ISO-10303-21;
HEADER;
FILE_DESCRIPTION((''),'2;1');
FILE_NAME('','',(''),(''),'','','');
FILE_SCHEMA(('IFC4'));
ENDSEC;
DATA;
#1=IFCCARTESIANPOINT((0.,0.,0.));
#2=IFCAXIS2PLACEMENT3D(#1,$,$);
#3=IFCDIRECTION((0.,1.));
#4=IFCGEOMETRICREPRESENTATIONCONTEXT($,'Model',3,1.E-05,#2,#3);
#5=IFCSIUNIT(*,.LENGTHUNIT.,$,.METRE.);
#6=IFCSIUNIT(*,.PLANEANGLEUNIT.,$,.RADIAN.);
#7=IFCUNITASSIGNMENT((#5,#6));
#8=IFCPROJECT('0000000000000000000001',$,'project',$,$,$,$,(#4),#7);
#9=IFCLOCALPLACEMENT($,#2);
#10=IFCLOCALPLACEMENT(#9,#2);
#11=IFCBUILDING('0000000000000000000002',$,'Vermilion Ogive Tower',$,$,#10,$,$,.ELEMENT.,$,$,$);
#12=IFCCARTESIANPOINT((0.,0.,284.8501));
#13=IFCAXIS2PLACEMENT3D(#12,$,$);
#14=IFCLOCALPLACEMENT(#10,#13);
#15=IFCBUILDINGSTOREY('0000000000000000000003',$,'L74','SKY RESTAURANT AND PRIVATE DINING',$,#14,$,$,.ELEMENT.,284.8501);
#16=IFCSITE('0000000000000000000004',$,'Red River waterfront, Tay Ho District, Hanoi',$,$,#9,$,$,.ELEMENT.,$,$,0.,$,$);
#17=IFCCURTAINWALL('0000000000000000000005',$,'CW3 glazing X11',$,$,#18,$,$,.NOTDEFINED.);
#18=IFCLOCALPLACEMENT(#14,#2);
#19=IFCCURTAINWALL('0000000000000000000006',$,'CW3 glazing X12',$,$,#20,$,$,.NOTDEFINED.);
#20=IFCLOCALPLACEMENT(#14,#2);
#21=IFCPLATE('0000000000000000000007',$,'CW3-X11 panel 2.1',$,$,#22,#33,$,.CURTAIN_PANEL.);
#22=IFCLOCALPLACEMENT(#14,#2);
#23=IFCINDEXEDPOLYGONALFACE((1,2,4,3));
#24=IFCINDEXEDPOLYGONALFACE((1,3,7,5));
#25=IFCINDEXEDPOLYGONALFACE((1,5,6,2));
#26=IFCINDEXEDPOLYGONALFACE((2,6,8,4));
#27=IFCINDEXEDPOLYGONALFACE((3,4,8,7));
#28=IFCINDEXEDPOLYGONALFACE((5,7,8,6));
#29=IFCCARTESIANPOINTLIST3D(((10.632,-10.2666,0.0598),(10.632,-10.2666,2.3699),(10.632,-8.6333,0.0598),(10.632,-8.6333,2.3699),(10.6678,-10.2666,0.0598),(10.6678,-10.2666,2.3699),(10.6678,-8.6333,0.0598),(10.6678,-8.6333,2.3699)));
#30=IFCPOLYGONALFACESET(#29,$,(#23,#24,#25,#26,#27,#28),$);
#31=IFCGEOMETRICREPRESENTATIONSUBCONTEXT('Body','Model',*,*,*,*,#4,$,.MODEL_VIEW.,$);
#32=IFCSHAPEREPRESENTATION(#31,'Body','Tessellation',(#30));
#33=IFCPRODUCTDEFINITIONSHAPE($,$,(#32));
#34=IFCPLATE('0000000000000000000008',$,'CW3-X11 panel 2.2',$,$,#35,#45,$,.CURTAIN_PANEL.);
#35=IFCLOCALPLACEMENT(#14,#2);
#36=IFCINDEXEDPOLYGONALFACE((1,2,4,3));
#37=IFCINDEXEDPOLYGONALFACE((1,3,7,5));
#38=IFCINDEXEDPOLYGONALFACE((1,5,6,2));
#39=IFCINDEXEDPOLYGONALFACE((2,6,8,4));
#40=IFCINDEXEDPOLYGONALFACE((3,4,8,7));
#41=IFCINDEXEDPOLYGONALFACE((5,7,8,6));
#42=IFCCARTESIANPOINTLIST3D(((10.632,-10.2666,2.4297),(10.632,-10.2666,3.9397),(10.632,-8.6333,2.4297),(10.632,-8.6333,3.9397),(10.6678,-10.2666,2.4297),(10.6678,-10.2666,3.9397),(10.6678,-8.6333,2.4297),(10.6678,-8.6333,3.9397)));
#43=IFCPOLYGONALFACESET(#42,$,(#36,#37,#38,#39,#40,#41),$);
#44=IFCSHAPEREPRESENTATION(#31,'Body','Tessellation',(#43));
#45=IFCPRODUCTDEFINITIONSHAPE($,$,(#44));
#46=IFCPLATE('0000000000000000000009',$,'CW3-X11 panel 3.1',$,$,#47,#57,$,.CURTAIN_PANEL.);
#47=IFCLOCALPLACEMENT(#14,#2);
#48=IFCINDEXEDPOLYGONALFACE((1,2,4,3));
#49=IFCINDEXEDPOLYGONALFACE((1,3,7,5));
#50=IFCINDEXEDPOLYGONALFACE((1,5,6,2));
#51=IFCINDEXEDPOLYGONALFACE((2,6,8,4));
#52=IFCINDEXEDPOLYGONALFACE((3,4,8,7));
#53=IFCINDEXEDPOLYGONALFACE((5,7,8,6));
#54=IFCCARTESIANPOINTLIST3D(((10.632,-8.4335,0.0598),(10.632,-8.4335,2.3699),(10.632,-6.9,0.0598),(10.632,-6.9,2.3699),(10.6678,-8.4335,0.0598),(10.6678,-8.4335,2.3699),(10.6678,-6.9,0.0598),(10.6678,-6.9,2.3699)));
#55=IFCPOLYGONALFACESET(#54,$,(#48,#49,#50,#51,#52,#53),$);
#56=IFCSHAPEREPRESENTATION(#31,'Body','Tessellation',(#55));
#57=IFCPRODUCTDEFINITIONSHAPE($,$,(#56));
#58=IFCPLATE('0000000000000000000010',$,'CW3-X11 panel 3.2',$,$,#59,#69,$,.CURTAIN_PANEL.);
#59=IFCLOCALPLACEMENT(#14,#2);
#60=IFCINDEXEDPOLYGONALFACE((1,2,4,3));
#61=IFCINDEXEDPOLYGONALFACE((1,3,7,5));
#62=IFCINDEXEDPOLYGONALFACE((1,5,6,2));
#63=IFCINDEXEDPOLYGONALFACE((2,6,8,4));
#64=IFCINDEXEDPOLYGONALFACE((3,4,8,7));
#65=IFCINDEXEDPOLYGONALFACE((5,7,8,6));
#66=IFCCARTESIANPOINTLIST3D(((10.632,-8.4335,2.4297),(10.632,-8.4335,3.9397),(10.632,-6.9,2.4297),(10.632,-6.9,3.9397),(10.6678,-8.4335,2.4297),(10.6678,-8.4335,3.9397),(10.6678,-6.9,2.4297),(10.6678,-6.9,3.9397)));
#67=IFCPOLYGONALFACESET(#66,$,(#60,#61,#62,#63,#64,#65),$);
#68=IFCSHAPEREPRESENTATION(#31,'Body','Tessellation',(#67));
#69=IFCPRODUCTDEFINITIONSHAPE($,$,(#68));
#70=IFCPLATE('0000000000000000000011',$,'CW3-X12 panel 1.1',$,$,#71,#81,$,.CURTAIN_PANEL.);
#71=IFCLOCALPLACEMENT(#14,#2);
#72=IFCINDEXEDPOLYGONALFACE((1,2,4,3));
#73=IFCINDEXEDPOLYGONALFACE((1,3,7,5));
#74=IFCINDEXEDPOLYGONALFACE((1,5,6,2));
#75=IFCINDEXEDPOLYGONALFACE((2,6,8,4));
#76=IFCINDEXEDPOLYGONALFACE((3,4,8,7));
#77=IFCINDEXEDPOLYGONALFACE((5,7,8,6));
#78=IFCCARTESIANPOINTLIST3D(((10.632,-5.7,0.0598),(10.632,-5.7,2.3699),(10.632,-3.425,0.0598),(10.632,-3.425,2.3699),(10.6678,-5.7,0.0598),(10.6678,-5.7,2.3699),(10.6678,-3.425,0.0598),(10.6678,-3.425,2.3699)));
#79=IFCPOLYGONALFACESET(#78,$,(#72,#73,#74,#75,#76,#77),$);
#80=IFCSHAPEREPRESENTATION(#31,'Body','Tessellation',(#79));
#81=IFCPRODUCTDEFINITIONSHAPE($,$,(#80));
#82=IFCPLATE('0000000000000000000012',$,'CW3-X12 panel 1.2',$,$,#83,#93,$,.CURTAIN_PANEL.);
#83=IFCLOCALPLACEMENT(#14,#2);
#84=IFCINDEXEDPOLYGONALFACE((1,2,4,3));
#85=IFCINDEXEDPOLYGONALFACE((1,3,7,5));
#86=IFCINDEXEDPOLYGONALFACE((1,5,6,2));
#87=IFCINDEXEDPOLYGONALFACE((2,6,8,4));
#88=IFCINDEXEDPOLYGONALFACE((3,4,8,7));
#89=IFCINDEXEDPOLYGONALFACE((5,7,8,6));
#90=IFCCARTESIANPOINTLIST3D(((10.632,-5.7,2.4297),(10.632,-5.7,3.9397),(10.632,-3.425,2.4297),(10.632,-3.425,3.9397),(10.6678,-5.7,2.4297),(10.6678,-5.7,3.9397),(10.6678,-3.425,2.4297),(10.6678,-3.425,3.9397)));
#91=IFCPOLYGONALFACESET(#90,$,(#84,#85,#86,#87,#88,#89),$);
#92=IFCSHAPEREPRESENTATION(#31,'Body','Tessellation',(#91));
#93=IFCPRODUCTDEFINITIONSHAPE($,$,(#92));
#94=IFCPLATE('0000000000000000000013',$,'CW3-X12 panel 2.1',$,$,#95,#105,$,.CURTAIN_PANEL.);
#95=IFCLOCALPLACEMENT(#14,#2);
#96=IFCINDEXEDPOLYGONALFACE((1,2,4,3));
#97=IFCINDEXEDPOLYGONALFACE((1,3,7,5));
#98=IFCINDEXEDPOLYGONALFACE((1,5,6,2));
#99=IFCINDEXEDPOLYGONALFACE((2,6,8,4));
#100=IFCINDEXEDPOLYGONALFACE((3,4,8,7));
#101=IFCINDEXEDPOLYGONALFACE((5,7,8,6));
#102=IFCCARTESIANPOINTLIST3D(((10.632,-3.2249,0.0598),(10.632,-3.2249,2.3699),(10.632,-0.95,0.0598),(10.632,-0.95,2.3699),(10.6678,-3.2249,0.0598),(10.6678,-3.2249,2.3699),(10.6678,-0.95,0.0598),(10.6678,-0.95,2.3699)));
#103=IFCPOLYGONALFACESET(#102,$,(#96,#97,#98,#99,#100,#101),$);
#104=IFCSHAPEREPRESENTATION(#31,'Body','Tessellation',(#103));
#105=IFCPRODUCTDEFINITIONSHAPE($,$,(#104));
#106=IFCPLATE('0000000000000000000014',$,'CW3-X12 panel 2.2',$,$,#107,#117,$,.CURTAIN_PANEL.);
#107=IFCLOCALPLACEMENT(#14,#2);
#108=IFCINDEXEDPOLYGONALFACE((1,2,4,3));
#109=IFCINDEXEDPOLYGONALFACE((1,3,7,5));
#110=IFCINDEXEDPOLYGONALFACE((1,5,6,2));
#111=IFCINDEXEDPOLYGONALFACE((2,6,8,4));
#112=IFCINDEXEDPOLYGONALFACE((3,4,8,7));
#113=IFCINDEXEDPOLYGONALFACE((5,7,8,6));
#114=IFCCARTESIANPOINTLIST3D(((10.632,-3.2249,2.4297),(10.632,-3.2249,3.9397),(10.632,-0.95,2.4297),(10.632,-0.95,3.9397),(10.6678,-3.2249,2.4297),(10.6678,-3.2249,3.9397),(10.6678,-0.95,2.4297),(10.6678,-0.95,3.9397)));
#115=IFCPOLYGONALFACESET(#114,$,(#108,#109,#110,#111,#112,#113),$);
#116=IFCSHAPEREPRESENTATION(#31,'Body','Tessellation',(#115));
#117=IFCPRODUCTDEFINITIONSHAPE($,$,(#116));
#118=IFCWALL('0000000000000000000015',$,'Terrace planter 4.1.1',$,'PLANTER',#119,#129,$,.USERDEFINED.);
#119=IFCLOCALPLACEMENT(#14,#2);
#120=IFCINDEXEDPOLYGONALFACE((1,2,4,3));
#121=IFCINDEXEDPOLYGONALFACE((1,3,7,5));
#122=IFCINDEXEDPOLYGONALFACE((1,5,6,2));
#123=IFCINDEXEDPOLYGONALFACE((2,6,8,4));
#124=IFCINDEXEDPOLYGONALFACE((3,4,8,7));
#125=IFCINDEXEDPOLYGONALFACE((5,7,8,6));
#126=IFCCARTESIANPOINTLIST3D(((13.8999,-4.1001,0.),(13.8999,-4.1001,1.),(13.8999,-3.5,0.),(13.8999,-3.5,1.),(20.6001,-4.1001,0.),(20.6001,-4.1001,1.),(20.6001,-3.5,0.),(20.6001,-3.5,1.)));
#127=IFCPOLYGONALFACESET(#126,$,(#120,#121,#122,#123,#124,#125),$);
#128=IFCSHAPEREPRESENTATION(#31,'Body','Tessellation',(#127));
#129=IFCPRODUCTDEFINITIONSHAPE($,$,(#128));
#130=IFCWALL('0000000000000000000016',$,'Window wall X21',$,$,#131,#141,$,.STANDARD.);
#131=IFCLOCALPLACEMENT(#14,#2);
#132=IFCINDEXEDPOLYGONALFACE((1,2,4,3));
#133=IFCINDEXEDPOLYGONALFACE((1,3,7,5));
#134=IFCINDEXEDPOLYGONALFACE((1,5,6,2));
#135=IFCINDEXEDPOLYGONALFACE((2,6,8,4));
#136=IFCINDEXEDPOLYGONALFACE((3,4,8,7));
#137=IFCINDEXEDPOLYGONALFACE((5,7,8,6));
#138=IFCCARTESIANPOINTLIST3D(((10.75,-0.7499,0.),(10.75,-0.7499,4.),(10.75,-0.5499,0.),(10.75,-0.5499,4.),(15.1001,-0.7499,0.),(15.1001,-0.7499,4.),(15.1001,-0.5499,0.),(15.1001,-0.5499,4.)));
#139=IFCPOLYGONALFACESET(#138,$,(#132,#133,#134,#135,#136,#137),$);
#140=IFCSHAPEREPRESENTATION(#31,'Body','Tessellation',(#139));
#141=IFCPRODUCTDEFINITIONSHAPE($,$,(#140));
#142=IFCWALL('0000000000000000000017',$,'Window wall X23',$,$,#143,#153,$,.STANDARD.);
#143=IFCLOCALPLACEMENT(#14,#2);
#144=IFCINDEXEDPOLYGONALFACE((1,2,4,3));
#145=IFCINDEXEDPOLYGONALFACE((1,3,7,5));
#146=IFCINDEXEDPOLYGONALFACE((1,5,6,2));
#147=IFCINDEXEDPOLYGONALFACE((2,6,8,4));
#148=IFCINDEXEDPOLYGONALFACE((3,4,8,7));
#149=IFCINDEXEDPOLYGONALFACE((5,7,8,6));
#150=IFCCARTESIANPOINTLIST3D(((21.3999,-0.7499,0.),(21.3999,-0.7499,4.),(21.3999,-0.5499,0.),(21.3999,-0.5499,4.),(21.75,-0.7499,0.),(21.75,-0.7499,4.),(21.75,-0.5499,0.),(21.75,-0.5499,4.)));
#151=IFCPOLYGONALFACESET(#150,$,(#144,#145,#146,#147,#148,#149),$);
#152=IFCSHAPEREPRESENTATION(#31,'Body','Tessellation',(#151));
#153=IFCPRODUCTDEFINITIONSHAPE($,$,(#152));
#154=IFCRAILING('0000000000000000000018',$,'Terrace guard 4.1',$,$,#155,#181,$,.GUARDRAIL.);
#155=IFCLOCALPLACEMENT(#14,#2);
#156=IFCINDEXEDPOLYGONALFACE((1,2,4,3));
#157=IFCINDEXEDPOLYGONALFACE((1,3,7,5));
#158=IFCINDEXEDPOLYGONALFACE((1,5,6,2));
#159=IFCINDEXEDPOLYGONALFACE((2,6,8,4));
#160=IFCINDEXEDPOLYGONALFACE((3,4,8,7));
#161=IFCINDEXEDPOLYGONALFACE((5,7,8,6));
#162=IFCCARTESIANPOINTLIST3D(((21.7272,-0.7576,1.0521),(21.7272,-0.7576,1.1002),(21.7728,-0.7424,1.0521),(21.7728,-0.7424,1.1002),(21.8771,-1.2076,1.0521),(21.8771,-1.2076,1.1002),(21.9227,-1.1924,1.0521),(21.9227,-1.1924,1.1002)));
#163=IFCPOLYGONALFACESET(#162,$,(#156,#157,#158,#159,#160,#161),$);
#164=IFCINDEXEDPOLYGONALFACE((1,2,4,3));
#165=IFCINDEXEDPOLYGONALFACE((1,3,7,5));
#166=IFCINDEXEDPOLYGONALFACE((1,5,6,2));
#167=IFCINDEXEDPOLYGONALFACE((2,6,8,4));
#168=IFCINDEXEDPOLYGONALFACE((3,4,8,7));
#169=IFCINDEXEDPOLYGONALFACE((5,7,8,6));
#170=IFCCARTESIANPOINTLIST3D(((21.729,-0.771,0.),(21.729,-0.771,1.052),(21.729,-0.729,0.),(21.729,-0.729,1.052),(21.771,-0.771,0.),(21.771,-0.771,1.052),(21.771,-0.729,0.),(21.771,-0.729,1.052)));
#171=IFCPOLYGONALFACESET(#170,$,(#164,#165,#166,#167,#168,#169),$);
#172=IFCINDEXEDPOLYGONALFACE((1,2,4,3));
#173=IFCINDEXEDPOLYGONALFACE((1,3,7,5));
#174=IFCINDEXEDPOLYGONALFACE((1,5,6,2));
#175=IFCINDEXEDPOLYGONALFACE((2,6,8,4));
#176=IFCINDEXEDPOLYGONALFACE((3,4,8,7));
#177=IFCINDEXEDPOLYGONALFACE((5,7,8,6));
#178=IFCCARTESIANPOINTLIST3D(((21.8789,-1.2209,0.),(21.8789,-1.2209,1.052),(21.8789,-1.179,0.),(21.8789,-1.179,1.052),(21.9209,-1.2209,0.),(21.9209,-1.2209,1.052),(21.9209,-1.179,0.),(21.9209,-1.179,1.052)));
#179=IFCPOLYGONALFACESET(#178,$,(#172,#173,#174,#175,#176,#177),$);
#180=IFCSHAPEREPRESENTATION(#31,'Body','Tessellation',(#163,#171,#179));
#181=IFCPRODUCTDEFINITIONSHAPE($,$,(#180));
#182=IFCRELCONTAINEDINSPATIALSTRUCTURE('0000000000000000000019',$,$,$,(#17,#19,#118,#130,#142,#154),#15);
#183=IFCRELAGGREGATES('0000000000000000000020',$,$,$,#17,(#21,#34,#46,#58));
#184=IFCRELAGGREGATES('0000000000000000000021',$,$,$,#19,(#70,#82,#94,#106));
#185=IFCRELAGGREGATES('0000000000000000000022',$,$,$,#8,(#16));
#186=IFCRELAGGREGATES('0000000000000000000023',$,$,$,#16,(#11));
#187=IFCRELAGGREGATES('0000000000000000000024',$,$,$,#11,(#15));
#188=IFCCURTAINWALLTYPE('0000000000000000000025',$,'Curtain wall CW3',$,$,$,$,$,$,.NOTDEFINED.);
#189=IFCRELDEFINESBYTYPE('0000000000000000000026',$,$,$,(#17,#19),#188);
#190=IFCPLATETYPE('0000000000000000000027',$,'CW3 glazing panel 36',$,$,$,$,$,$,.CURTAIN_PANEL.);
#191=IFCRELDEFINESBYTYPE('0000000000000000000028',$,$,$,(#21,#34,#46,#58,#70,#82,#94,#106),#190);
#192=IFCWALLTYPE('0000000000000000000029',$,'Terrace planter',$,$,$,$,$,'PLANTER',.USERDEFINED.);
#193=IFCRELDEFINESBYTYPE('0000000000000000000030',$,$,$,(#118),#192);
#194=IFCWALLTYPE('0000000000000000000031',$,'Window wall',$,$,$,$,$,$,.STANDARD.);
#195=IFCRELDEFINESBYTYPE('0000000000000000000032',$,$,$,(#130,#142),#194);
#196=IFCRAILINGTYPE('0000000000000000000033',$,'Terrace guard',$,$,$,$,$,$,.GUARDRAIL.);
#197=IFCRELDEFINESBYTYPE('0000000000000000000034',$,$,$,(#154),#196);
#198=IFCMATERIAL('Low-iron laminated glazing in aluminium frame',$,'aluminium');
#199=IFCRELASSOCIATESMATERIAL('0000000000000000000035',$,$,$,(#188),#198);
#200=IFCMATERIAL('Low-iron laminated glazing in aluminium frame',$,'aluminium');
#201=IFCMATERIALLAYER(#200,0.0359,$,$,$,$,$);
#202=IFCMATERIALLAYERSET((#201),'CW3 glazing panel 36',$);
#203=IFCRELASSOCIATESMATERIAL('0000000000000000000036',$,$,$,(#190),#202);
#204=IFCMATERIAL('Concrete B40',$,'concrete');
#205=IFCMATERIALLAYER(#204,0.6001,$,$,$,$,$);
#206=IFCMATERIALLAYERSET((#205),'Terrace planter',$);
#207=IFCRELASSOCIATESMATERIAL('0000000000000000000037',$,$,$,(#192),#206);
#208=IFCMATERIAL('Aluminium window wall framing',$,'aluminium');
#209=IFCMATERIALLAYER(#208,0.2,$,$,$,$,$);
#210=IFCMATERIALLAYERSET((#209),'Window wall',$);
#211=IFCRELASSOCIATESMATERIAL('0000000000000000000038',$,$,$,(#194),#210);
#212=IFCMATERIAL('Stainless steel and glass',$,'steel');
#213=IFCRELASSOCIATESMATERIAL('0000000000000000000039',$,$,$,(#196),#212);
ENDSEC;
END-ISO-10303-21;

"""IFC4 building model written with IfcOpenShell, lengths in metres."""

from ifc_helpers import new_model, si_unit, direction, frame, frame_2d, origin, origin_2d, place, context, subcontext, project, spatial, rectangle, extrude, material, layer, layer_set, type_object, element, aggregate, save


model = new_model("IFC4")

# Units and contexts
model_context = context("Model", 3, precision=1e-05, world=origin(), true_north=direction((0.0, 1.0)))
body_context = subcontext(model_context, "Body", "Model", "MODEL_VIEW")
ifc_project = project(units=[si_unit("LENGTHUNIT", "METRE"), si_unit("PLANEANGLEUNIT", "RADIAN")], contexts=[model_context])

# Site, building, storey
site_placement = place(None, origin())
site = spatial("IfcSite", under=ifc_project, at=site_placement, Name="Red River waterfront, Tay Ho District, Hanoi", CompositionType="ELEMENT", RefElevation=0.0)
building_placement = place(site_placement, origin())
building = spatial("IfcBuilding", under=site, at=building_placement, Name="Vermilion Ogive Tower", CompositionType="ELEMENT")
storey_placement = place(building_placement, frame((0.0, 0.0, 284.8501)))
storey = spatial("IfcBuildingStorey", under=building, at=storey_placement, Name="L74", Description="SKY RESTAURANT AND PRIVATE DINING", CompositionType="ELEMENT", Elevation=284.8501)

# Curtain walls
ifc_material_1 = material(Name="Low-iron laminated glazing in aluminium frame", Category="aluminium")
curtain_wall_type = type_object("IfcCurtainWallType", Name="Curtain wall CW3", PredefinedType="NOTDEFINED", material=ifc_material_1)
curtain_wall_1_placement = place(storey_placement, origin())
curtain_wall_1 = element("IfcCurtainWall", 1, at=curtain_wall_1_placement, inside=storey, type_object=curtain_wall_type, Name="CW3 glazing X11", PredefinedType="NOTDEFINED")
curtain_wall_2_placement = place(storey_placement, origin())
curtain_wall_2 = element("IfcCurtainWall", 2, at=curtain_wall_2_placement, inside=storey, type_object=curtain_wall_type, Name="CW3 glazing X12", PredefinedType="NOTDEFINED")

# Plates
ifc_material_2 = material(Name="Low-iron laminated glazing in aluminium frame", Category="aluminium")
ifc_layer_1 = layer(ifc_material_2, 0.0359)
ifc_layer_set_1 = layer_set([ifc_layer_1], Name="CW3 glazing panel 36")
plate_type = type_object("IfcPlateType", Name="CW3 glazing panel 36", PredefinedType="CURTAIN_PANEL", material=ifc_layer_set_1)
plate_1_placement = place(storey_placement, frame((10.6499, -9.45, 0.0598), z_axis=(0.0, 0.0, 1.0), x_axis=(0.0, 1.0, 0.0)))
plate_1 = element("IfcPlate", 3, at=plate_1_placement, type_object=plate_type, Name="CW3-X11 panel 2.1", PredefinedType="CURTAIN_PANEL", context=body_context, shape_type="SweptSolid", body=[
    extrude(rectangle(XDim=1.6333, YDim=0.0359, at=origin_2d()), origin(), (0.0, 0.0, 1.0), 2.3101),
])
plate_2_placement = place(storey_placement, frame((10.6499, -9.45, 2.4297), z_axis=(0.0, 0.0, 1.0), x_axis=(0.0, 1.0, 0.0)))
plate_2 = element("IfcPlate", 4, at=plate_2_placement, type_object=plate_type, Name="CW3-X11 panel 2.2", PredefinedType="CURTAIN_PANEL", context=body_context, shape_type="SweptSolid", body=[
    extrude(rectangle(XDim=1.6333, YDim=0.0359, at=origin_2d()), origin(), (0.0, 0.0, 1.0), 1.51),
])
plate_3_placement = place(storey_placement, frame((10.6499, -7.6667, 0.0598), z_axis=(0.0, 0.0, 1.0), x_axis=(0.0, 1.0, 0.0)))
plate_3 = element("IfcPlate", 5, at=plate_3_placement, type_object=plate_type, Name="CW3-X11 panel 3.1", PredefinedType="CURTAIN_PANEL", context=body_context, shape_type="SweptSolid", body=[
    extrude(rectangle(XDim=1.5334, YDim=0.0359, at=origin_2d()), origin(), (0.0, 0.0, 1.0), 2.3101),
])
plate_4_placement = place(storey_placement, frame((10.6499, -7.6667, 2.4297), z_axis=(0.0, 0.0, 1.0), x_axis=(0.0, 1.0, 0.0)))
plate_4 = element("IfcPlate", 6, at=plate_4_placement, type_object=plate_type, Name="CW3-X11 panel 3.2", PredefinedType="CURTAIN_PANEL", context=body_context, shape_type="SweptSolid", body=[
    extrude(rectangle(XDim=1.5334, YDim=0.0359, at=origin_2d()), origin(), (0.0, 0.0, 1.0), 1.51),
])
aggregate(curtain_wall_1, [plate_1, plate_2, plate_3, plate_4])
plate_5_placement = place(storey_placement, frame((10.6499, -4.5625, 0.0598), z_axis=(0.0, 0.0, 1.0), x_axis=(0.0, 1.0, 0.0)))
plate_5 = element("IfcPlate", 7, at=plate_5_placement, type_object=plate_type, Name="CW3-X12 panel 1.1", PredefinedType="CURTAIN_PANEL", context=body_context, shape_type="SweptSolid", body=[
    extrude(rectangle(XDim=2.2749, YDim=0.0359, at=origin_2d()), origin(), (0.0, 0.0, 1.0), 2.3101),
])
plate_6_placement = place(storey_placement, frame((10.6499, -4.5625, 2.4297), z_axis=(0.0, 0.0, 1.0), x_axis=(0.0, 1.0, 0.0)))
plate_6 = element("IfcPlate", 8, at=plate_6_placement, type_object=plate_type, Name="CW3-X12 panel 1.2", PredefinedType="CURTAIN_PANEL", context=body_context, shape_type="SweptSolid", body=[
    extrude(rectangle(XDim=2.2749, YDim=0.0359, at=origin_2d()), origin(), (0.0, 0.0, 1.0), 1.51),
])
plate_7_placement = place(storey_placement, frame((10.6499, -2.0874, 0.0598), z_axis=(0.0, 0.0, 1.0), x_axis=(0.0, 1.0, 0.0)))
plate_7 = element("IfcPlate", 9, at=plate_7_placement, type_object=plate_type, Name="CW3-X12 panel 2.1", PredefinedType="CURTAIN_PANEL", context=body_context, shape_type="SweptSolid", body=[
    extrude(rectangle(XDim=2.2749, YDim=0.0359, at=origin_2d()), origin(), (0.0, 0.0, 1.0), 2.3101),
])
plate_8_placement = place(storey_placement, frame((10.6499, -2.0874, 2.4297), z_axis=(0.0, 0.0, 1.0), x_axis=(0.0, 1.0, 0.0)))
plate_8 = element("IfcPlate", 10, at=plate_8_placement, type_object=plate_type, Name="CW3-X12 panel 2.2", PredefinedType="CURTAIN_PANEL", context=body_context, shape_type="SweptSolid", body=[
    extrude(rectangle(XDim=2.2749, YDim=0.0359, at=origin_2d()), origin(), (0.0, 0.0, 1.0), 1.51),
])
aggregate(curtain_wall_2, [plate_5, plate_6, plate_7, plate_8])

# Walls
ifc_material_3 = material(Name="Concrete B40", Category="concrete")
ifc_layer_2 = layer(ifc_material_3, 0.6001)
ifc_layer_set_2 = layer_set([ifc_layer_2], Name="Terrace planter")
wall_type_1 = type_object("IfcWallType", Name="Terrace planter", ElementType="PLANTER", PredefinedType="USERDEFINED", material=ifc_layer_set_2)
wall_1_placement = place(storey_placement, frame((20.6001, -3.8, 0.0), z_axis=(0.0, 0.0, 1.0), x_axis=(-1.0, 0.0, 0.0)))
element("IfcWall", 11, at=wall_1_placement, inside=storey, type_object=wall_type_1, Name="Terrace planter 4.1.1", ObjectType="PLANTER", PredefinedType="USERDEFINED", context=body_context, shape_type="SweptSolid", body=[
    extrude(rectangle(XDim=6.7002, YDim=0.6001, at=frame_2d((3.3501, 0.0))), origin(), (0.0, 0.0, 1.0), 1.0),
])
ifc_material_4 = material(Name="Aluminium window wall framing", Category="aluminium")
ifc_layer_3 = layer(ifc_material_4, 0.2)
ifc_layer_set_3 = layer_set([ifc_layer_3], Name="Window wall")
wall_type_2 = type_object("IfcWallType", Name="Window wall", PredefinedType="STANDARD", material=ifc_layer_set_3)
wall_2_placement = place(storey_placement, frame((10.75, -0.6499, 0.0), z_axis=(0.0, 0.0, 1.0), x_axis=(1.0, 0.0, 0.0)))
element("IfcWall", 12, at=wall_2_placement, inside=storey, type_object=wall_type_2, Name="Window wall X21", PredefinedType="STANDARD", context=body_context, shape_type="SweptSolid", body=[
    extrude(rectangle(XDim=4.3501, YDim=0.2, at=frame_2d((2.175, 0.0))), origin(), (0.0, 0.0, 1.0), 4.0),
])

# Wall
wall_3_placement = place(storey_placement, frame((21.3999, -0.6499, 0.0), z_axis=(0.0, 0.0, 1.0), x_axis=(1.0, 0.0, 0.0)))
element("IfcWall", 13, at=wall_3_placement, inside=storey, type_object=wall_type_2, Name="Window wall X23", PredefinedType="STANDARD", context=body_context, shape_type="SweptSolid", body=[
    extrude(rectangle(XDim=0.3501, YDim=0.2, at=frame_2d((0.175, 0.0))), origin(), (0.0, 0.0, 1.0), 4.0),
])

# Railing
ifc_material_5 = material(Name="Stainless steel and glass", Category="steel")
railing_type = type_object("IfcRailingType", Name="Terrace guard", PredefinedType="GUARDRAIL", material=ifc_material_5)
railing_1_placement = place(storey_placement, frame((21.75, -0.75, 0.0)))
element("IfcRailing", 14, at=railing_1_placement, inside=storey, type_object=railing_type, Name="Terrace guard 4.1", PredefinedType="GUARDRAIL", context=body_context, shape_type="SweptSolid", body=[
    extrude(rectangle(XDim=0.0481, YDim=0.0481, at=origin_2d()), frame((0.0, 0.0, 1.0762), z_axis=(0.316073, -0.948735, 0.0), x_axis=(0.948735, 0.316073, 0.0)), (0.0, 0.0, 1.0), 0.4744),
    extrude(rectangle(XDim=0.042, YDim=0.042, at=origin_2d()), origin(), (0.0, 0.0, 1.0), 1.052),
    extrude(rectangle(XDim=0.042, YDim=0.042, at=origin_2d()), frame((0.1499, -0.45, 0.0)), (0.0, 0.0, 1.0), 1.052),
])

save(model, "model.ifc")
